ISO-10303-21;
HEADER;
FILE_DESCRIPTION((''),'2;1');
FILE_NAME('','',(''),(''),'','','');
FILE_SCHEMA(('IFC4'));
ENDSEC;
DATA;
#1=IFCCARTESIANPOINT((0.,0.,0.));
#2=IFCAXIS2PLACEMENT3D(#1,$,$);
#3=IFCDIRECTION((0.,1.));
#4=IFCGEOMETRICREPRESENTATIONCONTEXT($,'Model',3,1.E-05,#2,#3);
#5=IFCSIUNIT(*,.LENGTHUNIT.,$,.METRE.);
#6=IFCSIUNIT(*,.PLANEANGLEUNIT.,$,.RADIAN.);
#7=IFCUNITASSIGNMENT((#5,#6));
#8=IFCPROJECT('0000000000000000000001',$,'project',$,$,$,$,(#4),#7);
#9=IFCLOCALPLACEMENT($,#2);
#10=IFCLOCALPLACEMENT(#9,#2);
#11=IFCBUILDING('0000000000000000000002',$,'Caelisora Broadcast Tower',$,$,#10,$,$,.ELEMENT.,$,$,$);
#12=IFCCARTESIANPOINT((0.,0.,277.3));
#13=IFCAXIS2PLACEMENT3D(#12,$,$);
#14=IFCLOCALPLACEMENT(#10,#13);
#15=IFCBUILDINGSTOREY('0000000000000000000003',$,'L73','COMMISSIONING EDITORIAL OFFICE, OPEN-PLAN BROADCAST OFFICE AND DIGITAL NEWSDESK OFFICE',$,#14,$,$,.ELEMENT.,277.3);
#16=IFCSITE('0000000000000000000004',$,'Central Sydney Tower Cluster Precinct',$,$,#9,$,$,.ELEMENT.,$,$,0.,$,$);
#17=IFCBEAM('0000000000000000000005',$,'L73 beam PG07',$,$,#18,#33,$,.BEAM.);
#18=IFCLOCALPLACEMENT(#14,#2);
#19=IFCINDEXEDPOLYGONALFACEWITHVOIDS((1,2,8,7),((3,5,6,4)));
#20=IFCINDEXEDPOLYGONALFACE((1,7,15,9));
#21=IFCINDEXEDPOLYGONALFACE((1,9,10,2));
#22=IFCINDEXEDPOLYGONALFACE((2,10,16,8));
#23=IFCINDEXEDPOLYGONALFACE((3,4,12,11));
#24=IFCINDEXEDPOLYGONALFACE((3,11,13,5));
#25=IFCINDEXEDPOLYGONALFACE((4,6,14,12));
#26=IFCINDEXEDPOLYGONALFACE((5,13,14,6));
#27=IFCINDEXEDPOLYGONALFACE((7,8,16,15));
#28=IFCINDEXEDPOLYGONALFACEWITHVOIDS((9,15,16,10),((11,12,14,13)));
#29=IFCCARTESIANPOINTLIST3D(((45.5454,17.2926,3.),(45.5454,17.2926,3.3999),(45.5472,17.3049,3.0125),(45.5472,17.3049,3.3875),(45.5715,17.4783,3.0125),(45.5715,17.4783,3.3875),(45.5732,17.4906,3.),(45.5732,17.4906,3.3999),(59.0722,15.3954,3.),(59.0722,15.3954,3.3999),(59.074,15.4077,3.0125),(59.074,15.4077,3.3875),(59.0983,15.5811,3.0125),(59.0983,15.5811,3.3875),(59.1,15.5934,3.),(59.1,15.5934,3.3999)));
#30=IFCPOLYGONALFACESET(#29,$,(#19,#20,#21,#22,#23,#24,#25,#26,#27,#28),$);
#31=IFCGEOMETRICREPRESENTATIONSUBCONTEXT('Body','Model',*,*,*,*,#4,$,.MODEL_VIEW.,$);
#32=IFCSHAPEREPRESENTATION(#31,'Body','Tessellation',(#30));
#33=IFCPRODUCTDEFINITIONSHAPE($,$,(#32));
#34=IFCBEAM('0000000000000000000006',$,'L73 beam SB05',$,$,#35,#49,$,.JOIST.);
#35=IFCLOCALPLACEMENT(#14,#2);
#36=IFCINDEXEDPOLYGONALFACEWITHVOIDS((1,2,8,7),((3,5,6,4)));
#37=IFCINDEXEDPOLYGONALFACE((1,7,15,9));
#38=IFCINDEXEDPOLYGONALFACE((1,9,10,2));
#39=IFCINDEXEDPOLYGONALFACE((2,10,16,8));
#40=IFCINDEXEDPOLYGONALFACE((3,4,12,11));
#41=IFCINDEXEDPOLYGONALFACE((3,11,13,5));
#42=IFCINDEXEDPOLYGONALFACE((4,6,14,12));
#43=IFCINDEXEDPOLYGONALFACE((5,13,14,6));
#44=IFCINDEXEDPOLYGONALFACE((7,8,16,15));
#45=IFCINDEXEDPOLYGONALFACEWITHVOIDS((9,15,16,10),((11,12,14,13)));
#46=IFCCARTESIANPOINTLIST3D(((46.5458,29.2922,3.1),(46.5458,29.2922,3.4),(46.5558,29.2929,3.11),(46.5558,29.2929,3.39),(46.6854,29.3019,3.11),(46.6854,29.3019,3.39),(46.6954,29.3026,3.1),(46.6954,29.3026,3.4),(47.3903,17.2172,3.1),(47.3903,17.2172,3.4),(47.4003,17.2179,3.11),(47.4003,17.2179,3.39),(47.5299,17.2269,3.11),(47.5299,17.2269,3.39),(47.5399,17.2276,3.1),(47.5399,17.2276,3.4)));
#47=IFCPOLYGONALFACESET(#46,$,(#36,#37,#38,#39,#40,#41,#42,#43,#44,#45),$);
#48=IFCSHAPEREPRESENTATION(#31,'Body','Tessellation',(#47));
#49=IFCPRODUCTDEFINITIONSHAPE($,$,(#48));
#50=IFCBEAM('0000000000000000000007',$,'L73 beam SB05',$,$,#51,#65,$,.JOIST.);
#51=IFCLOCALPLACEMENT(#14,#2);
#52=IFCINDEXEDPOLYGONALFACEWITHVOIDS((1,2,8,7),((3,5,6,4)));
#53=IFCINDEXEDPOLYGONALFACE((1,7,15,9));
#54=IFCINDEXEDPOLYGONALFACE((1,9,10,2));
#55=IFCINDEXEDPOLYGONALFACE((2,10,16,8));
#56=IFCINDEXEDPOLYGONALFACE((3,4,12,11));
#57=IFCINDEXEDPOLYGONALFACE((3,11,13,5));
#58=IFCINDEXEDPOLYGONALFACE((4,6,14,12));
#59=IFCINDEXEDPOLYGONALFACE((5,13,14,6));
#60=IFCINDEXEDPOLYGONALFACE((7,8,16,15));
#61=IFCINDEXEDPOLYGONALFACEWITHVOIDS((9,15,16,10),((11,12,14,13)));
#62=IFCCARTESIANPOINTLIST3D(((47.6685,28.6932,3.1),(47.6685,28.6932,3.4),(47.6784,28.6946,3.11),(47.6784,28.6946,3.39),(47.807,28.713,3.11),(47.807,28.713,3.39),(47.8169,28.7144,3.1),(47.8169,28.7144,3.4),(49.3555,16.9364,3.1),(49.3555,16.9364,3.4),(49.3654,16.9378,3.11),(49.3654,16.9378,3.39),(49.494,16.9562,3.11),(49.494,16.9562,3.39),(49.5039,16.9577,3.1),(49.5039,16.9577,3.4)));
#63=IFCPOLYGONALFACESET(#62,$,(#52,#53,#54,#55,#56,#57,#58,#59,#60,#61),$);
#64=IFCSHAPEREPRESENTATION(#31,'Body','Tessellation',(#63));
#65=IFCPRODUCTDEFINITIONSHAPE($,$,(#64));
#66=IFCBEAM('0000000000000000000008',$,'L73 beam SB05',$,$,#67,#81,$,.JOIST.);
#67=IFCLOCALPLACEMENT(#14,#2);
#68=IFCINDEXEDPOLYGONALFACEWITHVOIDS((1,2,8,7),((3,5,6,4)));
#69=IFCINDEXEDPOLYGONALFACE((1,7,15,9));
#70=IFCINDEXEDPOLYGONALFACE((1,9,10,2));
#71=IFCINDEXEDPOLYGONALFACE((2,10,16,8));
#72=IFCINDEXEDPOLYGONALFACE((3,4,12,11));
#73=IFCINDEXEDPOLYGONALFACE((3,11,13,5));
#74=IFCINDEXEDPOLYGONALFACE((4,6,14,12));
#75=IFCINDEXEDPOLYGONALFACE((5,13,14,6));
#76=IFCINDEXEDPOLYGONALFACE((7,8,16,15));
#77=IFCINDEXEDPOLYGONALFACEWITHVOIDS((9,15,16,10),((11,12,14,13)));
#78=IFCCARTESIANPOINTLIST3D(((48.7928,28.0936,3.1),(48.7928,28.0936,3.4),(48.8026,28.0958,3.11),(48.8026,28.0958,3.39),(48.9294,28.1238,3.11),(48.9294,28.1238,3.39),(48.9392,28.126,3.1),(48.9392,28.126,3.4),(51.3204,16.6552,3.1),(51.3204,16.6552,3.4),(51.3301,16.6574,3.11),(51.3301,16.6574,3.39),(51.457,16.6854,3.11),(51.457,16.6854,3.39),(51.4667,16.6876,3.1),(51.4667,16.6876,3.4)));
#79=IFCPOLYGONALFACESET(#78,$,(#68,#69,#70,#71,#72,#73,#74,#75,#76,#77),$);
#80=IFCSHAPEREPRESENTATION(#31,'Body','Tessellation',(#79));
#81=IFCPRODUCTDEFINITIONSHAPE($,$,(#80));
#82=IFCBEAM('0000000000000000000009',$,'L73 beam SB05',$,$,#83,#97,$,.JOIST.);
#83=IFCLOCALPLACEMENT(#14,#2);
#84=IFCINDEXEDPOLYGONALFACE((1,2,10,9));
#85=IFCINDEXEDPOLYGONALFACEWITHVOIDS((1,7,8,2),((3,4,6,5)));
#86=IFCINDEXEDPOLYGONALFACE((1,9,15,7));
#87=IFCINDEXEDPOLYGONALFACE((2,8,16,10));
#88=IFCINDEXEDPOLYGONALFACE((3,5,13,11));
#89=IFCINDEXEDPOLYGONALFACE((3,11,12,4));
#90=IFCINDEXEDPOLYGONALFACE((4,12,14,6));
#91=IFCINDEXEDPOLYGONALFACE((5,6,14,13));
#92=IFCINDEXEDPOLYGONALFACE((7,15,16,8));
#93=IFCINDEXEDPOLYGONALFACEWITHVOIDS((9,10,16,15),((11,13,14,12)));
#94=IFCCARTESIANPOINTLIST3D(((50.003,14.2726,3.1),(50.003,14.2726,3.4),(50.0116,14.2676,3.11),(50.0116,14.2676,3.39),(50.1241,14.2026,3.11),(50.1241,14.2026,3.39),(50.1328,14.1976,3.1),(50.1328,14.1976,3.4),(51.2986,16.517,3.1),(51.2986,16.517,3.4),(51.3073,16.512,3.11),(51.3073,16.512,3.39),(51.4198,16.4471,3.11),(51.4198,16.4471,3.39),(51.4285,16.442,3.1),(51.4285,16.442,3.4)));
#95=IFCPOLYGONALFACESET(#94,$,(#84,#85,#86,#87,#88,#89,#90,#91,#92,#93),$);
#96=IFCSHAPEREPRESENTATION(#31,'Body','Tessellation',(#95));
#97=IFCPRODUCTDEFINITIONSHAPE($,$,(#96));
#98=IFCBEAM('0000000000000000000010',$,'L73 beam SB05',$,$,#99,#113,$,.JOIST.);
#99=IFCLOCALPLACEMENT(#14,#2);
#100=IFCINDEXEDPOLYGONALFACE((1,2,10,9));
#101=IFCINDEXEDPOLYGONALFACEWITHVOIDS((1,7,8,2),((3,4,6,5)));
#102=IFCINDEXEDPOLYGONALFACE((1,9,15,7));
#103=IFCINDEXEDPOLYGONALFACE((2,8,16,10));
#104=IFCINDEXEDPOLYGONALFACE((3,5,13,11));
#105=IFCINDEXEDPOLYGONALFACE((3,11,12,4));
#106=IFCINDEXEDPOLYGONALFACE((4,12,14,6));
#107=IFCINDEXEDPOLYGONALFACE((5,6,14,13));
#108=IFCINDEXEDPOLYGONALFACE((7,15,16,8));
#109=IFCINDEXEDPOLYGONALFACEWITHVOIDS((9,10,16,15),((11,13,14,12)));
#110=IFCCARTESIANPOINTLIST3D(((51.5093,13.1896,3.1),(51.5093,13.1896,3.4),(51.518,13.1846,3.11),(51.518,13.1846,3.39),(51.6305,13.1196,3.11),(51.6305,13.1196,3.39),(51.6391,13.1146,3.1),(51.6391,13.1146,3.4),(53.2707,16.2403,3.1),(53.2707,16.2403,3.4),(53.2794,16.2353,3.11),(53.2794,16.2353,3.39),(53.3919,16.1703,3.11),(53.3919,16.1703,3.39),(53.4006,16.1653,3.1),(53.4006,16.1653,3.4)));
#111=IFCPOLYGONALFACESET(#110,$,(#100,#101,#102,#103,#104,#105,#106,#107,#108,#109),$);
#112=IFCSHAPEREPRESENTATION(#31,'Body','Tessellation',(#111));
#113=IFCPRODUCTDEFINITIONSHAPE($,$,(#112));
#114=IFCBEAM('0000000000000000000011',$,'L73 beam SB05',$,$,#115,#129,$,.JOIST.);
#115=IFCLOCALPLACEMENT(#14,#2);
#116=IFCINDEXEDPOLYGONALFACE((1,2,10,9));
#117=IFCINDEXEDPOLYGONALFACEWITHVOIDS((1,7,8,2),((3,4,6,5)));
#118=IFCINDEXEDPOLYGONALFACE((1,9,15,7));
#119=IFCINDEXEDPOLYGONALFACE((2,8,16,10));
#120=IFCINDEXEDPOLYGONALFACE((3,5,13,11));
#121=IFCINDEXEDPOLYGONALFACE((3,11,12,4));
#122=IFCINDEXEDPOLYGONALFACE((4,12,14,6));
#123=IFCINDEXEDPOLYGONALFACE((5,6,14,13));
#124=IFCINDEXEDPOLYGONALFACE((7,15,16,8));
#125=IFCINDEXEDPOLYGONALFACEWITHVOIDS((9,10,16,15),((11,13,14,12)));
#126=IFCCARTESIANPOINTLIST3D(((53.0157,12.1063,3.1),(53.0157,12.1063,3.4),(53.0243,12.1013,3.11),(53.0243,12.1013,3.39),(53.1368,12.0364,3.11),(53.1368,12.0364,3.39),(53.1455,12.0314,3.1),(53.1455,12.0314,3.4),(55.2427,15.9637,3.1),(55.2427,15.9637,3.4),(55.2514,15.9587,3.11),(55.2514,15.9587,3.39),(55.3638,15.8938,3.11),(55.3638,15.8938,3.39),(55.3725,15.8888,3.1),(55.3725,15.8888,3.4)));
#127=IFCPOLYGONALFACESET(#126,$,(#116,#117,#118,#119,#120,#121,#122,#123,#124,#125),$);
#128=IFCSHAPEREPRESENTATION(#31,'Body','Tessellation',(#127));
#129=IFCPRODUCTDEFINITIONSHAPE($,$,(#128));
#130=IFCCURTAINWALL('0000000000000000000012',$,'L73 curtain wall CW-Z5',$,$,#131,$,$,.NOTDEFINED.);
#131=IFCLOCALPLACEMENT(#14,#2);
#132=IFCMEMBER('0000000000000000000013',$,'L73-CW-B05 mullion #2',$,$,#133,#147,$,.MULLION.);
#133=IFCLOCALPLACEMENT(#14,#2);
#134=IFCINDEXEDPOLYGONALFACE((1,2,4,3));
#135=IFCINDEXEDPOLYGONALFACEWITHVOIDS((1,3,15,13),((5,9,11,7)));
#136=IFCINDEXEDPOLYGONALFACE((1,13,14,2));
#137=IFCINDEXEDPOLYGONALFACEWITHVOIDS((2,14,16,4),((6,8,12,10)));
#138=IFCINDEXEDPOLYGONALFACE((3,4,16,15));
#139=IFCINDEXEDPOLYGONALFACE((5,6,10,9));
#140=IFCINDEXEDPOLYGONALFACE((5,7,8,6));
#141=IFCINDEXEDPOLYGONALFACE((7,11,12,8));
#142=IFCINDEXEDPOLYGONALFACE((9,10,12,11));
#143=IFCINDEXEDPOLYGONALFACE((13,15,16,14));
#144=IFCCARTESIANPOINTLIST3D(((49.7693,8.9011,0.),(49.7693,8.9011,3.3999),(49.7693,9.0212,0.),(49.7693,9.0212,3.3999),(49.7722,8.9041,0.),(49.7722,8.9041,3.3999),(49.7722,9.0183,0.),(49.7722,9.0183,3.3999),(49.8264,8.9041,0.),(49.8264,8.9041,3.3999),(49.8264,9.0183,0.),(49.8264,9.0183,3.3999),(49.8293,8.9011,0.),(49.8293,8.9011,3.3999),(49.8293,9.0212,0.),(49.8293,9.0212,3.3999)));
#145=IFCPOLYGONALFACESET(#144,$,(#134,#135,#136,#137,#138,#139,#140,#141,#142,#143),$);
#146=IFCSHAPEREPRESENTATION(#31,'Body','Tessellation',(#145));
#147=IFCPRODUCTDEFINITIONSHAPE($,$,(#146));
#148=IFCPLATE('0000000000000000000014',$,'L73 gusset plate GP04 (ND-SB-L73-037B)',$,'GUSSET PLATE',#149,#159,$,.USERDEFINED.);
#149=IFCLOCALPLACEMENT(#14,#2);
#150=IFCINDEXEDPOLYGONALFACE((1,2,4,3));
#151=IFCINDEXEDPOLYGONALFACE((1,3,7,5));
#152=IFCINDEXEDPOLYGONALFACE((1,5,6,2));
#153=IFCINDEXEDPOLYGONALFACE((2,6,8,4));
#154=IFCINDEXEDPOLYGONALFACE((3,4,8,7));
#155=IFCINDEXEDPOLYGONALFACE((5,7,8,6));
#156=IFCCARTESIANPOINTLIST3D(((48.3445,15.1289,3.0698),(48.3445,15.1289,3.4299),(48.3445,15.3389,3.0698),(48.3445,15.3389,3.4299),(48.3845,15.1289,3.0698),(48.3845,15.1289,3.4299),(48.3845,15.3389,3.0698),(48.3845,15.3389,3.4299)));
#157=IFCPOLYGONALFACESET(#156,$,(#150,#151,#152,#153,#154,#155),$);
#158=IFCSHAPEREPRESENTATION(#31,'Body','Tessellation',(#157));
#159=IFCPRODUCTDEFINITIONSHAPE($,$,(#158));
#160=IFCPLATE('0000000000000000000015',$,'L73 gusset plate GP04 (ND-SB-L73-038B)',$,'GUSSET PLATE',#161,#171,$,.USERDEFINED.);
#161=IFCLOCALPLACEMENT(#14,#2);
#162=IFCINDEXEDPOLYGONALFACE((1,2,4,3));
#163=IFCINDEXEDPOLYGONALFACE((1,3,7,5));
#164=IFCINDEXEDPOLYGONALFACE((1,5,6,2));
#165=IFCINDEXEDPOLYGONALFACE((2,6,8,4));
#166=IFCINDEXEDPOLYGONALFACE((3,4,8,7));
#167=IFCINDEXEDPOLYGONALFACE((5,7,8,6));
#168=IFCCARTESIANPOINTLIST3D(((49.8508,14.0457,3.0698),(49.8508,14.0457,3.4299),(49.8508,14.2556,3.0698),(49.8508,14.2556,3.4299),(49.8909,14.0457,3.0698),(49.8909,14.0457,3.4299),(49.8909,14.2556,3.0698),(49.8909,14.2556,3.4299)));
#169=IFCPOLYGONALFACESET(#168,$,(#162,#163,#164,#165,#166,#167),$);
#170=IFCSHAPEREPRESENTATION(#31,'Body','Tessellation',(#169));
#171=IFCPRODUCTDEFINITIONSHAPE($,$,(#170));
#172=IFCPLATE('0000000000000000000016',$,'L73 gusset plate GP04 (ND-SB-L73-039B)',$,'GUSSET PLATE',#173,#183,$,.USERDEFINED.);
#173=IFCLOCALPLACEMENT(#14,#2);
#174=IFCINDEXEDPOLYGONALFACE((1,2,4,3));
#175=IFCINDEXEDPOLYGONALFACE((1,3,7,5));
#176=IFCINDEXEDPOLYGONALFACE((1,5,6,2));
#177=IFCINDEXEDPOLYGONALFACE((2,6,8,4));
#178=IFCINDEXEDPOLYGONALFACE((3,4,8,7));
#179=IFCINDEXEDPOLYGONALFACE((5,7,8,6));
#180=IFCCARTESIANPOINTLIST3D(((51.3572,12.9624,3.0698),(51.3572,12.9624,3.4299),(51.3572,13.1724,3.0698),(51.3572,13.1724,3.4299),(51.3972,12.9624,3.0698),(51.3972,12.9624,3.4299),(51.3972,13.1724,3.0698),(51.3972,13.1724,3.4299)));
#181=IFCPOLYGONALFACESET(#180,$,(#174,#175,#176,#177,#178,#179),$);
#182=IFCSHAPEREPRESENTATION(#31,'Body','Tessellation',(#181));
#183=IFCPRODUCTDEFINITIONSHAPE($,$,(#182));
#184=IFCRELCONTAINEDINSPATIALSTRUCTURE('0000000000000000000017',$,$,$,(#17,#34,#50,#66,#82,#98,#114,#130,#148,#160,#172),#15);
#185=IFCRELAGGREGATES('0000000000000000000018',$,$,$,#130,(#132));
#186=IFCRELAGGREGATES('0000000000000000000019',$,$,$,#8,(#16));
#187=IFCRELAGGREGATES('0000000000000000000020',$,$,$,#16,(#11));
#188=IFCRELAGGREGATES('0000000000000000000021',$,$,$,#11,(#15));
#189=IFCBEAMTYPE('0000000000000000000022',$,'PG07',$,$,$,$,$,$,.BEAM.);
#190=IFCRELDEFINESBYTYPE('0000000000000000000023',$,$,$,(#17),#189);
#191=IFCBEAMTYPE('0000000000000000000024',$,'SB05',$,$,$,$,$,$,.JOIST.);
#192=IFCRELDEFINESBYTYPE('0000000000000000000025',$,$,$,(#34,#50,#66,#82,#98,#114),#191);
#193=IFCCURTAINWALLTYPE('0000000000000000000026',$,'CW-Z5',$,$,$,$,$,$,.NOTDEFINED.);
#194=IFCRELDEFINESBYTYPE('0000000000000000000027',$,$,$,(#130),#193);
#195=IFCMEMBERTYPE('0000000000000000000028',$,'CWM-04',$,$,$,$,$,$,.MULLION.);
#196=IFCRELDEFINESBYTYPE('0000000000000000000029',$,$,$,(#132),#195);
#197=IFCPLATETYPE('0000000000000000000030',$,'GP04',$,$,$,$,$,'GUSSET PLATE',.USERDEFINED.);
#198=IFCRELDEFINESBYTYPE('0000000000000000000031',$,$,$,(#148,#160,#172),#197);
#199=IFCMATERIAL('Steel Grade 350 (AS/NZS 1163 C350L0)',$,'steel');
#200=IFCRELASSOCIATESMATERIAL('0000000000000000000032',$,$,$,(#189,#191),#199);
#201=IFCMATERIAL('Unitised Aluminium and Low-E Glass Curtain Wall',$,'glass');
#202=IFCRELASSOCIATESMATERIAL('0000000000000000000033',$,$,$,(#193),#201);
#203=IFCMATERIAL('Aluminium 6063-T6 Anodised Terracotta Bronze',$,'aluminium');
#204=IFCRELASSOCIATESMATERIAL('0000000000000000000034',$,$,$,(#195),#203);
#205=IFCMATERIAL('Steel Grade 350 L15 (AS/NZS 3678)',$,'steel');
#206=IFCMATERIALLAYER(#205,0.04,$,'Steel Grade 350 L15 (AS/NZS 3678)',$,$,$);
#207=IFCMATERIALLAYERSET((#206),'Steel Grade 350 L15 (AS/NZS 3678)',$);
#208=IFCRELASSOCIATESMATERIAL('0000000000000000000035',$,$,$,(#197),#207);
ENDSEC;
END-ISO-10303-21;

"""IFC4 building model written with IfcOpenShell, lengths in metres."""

from ifc_helpers import new_model, si_unit, direction, frame, origin, origin_2d, place, context, subcontext, project, spatial, rectangle, hollow_rectangle, extrude, source, transform, mapped, material, layer, layer_set, material_profile, profile_set, type_object, type_shapes, element, aggregate, save


model = new_model("IFC4")

# Units and contexts
model_context = context("Model", 3, precision=1e-05, world=origin(), true_north=direction((0.0, 1.0)))
body_context = subcontext(model_context, "Body", "Model", "MODEL_VIEW")
ifc_project = project(units=[si_unit("LENGTHUNIT", "METRE"), si_unit("PLANEANGLEUNIT", "RADIAN")], contexts=[model_context])

# Site, building, storey
site_placement = place(None, origin())
site = spatial("IfcSite", under=ifc_project, at=site_placement, Name="Central Sydney Tower Cluster Precinct", CompositionType="ELEMENT", RefElevation=0.0)
building_placement = place(site_placement, origin())
building = spatial("IfcBuilding", under=site, at=building_placement, Name="Caelisora Broadcast Tower", CompositionType="ELEMENT")
storey_placement = place(building_placement, frame((0.0, 0.0, 277.3)))
storey = spatial("IfcBuildingStorey", under=building, at=storey_placement, Name="L73", Description="COMMISSIONING EDITORIAL OFFICE, OPEN-PLAN BROADCAST OFFICE AND DIGITAL NEWSDESK OFFICE", CompositionType="ELEMENT", Elevation=277.3)

# Beams
ifc_material_1 = material(Name="Steel Grade 350 (AS/NZS 1163 C350L0)", Category="steel")
ifc_material_profile_1 = material_profile(ifc_material_1, hollow_rectangle(XDim=0.2, YDim=0.3999, WallThickness=0.0125, at=origin_2d()), Name="Steel Grade 350 (AS/NZS 1163 C350L0)")
ifc_profile_set_1 = profile_set([ifc_material_profile_1], Name="Steel Grade 350 (AS/NZS 1163 C350L0)")
beam_type_1 = type_object("IfcBeamType", Name="PG07", PredefinedType="BEAM", material=ifc_profile_set_1)
shared_shape_1 = source(origin(), body_context, "Body", "SweptSolid", [
    extrude(hollow_rectangle(XDim=0.2, YDim=0.3999, WallThickness=0.0125, at=origin_2d()), origin(), (0.0, 0.0, 1.0), 13.6592),
])
type_shapes(beam_type_1, [shared_shape_1])
beam_1_placement = place(storey_placement, frame((45.5593, 17.3916, 3.2), z_axis=(0.990307, -0.138896, 0.0), x_axis=(0.138896, 0.990307, 0.0)))
element("IfcBeam", 1, at=beam_1_placement, inside=storey, type_object=beam_type_1, Name="L73 beam PG07", PredefinedType="BEAM", context=body_context, shape_type="MappedRepresentation", body=[
    mapped(shared_shape_1, transform((0.0, 0.0, 0.0), scale=1.0)),
])
ifc_material_profile_2 = material_profile(ifc_material_1, hollow_rectangle(XDim=0.1499, YDim=0.3, WallThickness=0.01, at=origin_2d()), Name="Steel Grade 350 (AS/NZS 1163 C350L0)")
ifc_profile_set_2 = profile_set([ifc_material_profile_2], Name="Steel Grade 350 (AS/NZS 1163 C350L0)")
beam_type_2 = type_object("IfcBeamType", Name="SB05", PredefinedType="JOIST", material=ifc_profile_set_2)
shared_shape_2 = source(origin(), body_context, "Body", "SweptSolid", [
    extrude(hollow_rectangle(XDim=0.1499, YDim=0.3, WallThickness=0.01, at=origin_2d()), origin(), (0.0, 0.0, 1.0), 12.1045),
])
beam_2_placement = place(storey_placement, frame((47.4651, 17.2224, 3.25), z_axis=(-0.069766, 0.997563, 0.0), x_axis=(-0.997563, -0.069766, 0.0)))
element("IfcBeam", 2, at=beam_2_placement, inside=storey, type_object=beam_type_2, Name="L73 beam SB05", PredefinedType="JOIST", context=body_context, shape_type="MappedRepresentation", body=[
    mapped(shared_shape_2, transform((0.0, 0.0, 0.0), scale=1.0)),
])
shared_shape_3 = source(origin(), body_context, "Body", "SweptSolid", [
    extrude(hollow_rectangle(XDim=0.1499, YDim=0.3, WallThickness=0.01, at=origin_2d()), origin(), (0.0, 0.0, 1.0), 11.8772),
])
beam_3_placement = place(storey_placement, frame((49.4297, 16.947, 3.25), z_axis=(-0.142037, 0.989861, 0.0), x_axis=(-0.989861, -0.142037, 0.0)))
element("IfcBeam", 3, at=beam_3_placement, inside=storey, type_object=beam_type_2, Name="L73 beam SB05", PredefinedType="JOIST", context=body_context, shape_type="MappedRepresentation", body=[
    mapped(shared_shape_3, transform((0.0, 0.0, 0.0), scale=1.0)),
])
shared_shape_4 = source(origin(), body_context, "Body", "SweptSolid", [
    extrude(hollow_rectangle(XDim=0.1499, YDim=0.3, WallThickness=0.01, at=origin_2d()), origin(), (0.0, 0.0, 1.0), 11.7144),
])
beam_4_placement = place(storey_placement, frame((51.3936, 16.6714, 3.25), z_axis=(-0.215767, 0.976445, 0.0), x_axis=(-0.976445, -0.215767, 0.0)))
element("IfcBeam", 4, at=beam_4_placement, inside=storey, type_object=beam_type_2, Name="L73 beam SB05", PredefinedType="JOIST", context=body_context, shape_type="MappedRepresentation", body=[
    mapped(shared_shape_4, transform((0.0, 0.0, 0.0), scale=1.0)),
])
shared_shape_5 = source(origin(), body_context, "Body", "SweptSolid", [
    extrude(hollow_rectangle(XDim=0.1499, YDim=0.3, WallThickness=0.01, at=origin_2d()), origin(), (0.0, 0.0, 1.0), 2.5916),
])
beam_5_placement = place(storey_placement, frame((50.0679, 14.2351, 3.25), z_axis=(0.499959, 0.866049, 0.0), x_axis=(-0.866049, 0.499959, 0.0)))
element("IfcBeam", 5, at=beam_5_placement, inside=storey, type_object=beam_type_2, Name="L73 beam SB05", PredefinedType="JOIST", context=body_context, shape_type="MappedRepresentation", body=[
    mapped(shared_shape_5, transform((0.0, 0.0, 0.0), scale=1.0)),
])
shared_shape_6 = source(origin(), body_context, "Body", "SweptSolid", [
    extrude(hollow_rectangle(XDim=0.1499, YDim=0.3, WallThickness=0.01, at=origin_2d()), origin(), (0.0, 0.0, 1.0), 3.5227),
])
beam_6_placement = place(storey_placement, frame((51.5742, 13.1521, 3.25), z_axis=(0.500022, 0.866012, 0.0), x_axis=(-0.866012, 0.500022, 0.0)))
element("IfcBeam", 6, at=beam_6_placement, inside=storey, type_object=beam_type_2, Name="L73 beam SB05", PredefinedType="JOIST", context=body_context, shape_type="MappedRepresentation", body=[
    mapped(shared_shape_6, transform((0.0, 0.0, 0.0), scale=1.0)),
])
shared_shape_7 = source(origin(), body_context, "Body", "SweptSolid", [
    extrude(hollow_rectangle(XDim=0.1499, YDim=0.3, WallThickness=0.01, at=origin_2d()), origin(), (0.0, 0.0, 1.0), 4.4541),
])
type_shapes(beam_type_2, [shared_shape_2, shared_shape_3, shared_shape_4, shared_shape_5, shared_shape_6, shared_shape_7])
beam_7_placement = place(storey_placement, frame((53.0806, 12.0688, 3.25), z_axis=(0.499994, 0.866029, 0.0), x_axis=(-0.866029, 0.499994, 0.0)))
element("IfcBeam", 7, at=beam_7_placement, inside=storey, type_object=beam_type_2, Name="L73 beam SB05", PredefinedType="JOIST", context=body_context, shape_type="MappedRepresentation", body=[
    mapped(shared_shape_7, transform((0.0, 0.0, 0.0), scale=1.0)),
])

# Curtain wall, member
ifc_material_2 = material(Name="Unitised Aluminium and Low-E Glass Curtain Wall", Category="glass")
curtain_wall_type = type_object("IfcCurtainWallType", Name="CW-Z5", PredefinedType="NOTDEFINED", material=ifc_material_2)
curtain_wall_placement = place(storey_placement, origin())
curtain_wall = element("IfcCurtainWall", 8, at=curtain_wall_placement, inside=storey, type_object=curtain_wall_type, Name="L73 curtain wall CW-Z5", PredefinedType="NOTDEFINED")
ifc_material_3 = material(Name="Aluminium 6063-T6 Anodised Terracotta Bronze", Category="aluminium")
ifc_material_profile_3 = material_profile(ifc_material_3, hollow_rectangle(XDim=0.0601, YDim=0.1201, WallThickness=0.0029, at=origin_2d()), Name="Aluminium 6063-T6 Anodised Terracotta Bronze")
ifc_profile_set_3 = profile_set([ifc_material_profile_3], Name="Aluminium 6063-T6 Anodised Terracotta Bronze")
member_type = type_object("IfcMemberType", Name="CWM-04", PredefinedType="MULLION", material=ifc_profile_set_3)
shared_shape_8 = source(origin(), body_context, "Body", "SweptSolid", [
    extrude(hollow_rectangle(XDim=0.0601, YDim=0.1201, WallThickness=0.0029, at=origin_2d()), origin(), (0.0, 0.0, 1.0), 3.3999),
])
type_shapes(member_type, [shared_shape_8])
member_placement = place(storey_placement, frame((49.7993, 8.9612, 0.0), z_axis=(0.0, 0.0, 1.0), x_axis=(1.0, 0.0, 0.0)))
member = element("IfcMember", 9, at=member_placement, type_object=member_type, Name="L73-CW-B05 mullion #2", PredefinedType="MULLION", context=body_context, shape_type="MappedRepresentation", body=[
    mapped(shared_shape_8, transform((0.0, 0.0, 0.0), scale=1.0)),
])

# Plates
ifc_material_4 = material(Name="Steel Grade 350 L15 (AS/NZS 3678)", Category="steel")
ifc_layer_1 = layer(ifc_material_4, 0.04, Name="Steel Grade 350 L15 (AS/NZS 3678)")
ifc_layer_set_1 = layer_set([ifc_layer_1], Name="Steel Grade 350 L15 (AS/NZS 3678)")
plate_type_1 = type_object("IfcPlateType", Name="GP04", ElementType="GUSSET PLATE", PredefinedType="USERDEFINED", material=ifc_layer_set_1)
shared_shape_9 = source(origin(), body_context, "Body", "SweptSolid", [
    extrude(rectangle(XDim=0.21, YDim=0.04, at=origin_2d()), origin(), (0.0, 0.0, 1.0), 0.3601),
])
type_shapes(plate_type_1, [shared_shape_9])
for number, where, z_axis, x_axis, name in (
    (10, (48.3645, 15.2339, 3.0698), (0.0, 0.0, 1.0), (0.0, 1.0, 0.0), "L73 gusset plate GP04 (ND-SB-L73-037B)"),
    (11, (49.8708, 14.1506, 3.0698), (0.0, 0.0, 1.0), (0.0, 1.0, 0.0), "L73 gusset plate GP04 (ND-SB-L73-038B)"),
    (12, (51.3772, 13.0674, 3.0698), (0.0, 0.0, 1.0), (0.0, 1.0, 0.0), "L73 gusset plate GP04 (ND-SB-L73-039B)"),
):
    element("IfcPlate", number, at=place(storey_placement, frame(where, z_axis=z_axis, x_axis=x_axis)), inside=storey, type_object=plate_type_1, Name=name, ObjectType="GUSSET PLATE", PredefinedType="USERDEFINED", context=body_context, shape_type="MappedRepresentation", body=[
        mapped(shared_shape_9, transform((0.0, 0.0, 0.0), scale=1.0)),
    ])

aggregate(curtain_wall, [member])

save(model, "model.ifc")
